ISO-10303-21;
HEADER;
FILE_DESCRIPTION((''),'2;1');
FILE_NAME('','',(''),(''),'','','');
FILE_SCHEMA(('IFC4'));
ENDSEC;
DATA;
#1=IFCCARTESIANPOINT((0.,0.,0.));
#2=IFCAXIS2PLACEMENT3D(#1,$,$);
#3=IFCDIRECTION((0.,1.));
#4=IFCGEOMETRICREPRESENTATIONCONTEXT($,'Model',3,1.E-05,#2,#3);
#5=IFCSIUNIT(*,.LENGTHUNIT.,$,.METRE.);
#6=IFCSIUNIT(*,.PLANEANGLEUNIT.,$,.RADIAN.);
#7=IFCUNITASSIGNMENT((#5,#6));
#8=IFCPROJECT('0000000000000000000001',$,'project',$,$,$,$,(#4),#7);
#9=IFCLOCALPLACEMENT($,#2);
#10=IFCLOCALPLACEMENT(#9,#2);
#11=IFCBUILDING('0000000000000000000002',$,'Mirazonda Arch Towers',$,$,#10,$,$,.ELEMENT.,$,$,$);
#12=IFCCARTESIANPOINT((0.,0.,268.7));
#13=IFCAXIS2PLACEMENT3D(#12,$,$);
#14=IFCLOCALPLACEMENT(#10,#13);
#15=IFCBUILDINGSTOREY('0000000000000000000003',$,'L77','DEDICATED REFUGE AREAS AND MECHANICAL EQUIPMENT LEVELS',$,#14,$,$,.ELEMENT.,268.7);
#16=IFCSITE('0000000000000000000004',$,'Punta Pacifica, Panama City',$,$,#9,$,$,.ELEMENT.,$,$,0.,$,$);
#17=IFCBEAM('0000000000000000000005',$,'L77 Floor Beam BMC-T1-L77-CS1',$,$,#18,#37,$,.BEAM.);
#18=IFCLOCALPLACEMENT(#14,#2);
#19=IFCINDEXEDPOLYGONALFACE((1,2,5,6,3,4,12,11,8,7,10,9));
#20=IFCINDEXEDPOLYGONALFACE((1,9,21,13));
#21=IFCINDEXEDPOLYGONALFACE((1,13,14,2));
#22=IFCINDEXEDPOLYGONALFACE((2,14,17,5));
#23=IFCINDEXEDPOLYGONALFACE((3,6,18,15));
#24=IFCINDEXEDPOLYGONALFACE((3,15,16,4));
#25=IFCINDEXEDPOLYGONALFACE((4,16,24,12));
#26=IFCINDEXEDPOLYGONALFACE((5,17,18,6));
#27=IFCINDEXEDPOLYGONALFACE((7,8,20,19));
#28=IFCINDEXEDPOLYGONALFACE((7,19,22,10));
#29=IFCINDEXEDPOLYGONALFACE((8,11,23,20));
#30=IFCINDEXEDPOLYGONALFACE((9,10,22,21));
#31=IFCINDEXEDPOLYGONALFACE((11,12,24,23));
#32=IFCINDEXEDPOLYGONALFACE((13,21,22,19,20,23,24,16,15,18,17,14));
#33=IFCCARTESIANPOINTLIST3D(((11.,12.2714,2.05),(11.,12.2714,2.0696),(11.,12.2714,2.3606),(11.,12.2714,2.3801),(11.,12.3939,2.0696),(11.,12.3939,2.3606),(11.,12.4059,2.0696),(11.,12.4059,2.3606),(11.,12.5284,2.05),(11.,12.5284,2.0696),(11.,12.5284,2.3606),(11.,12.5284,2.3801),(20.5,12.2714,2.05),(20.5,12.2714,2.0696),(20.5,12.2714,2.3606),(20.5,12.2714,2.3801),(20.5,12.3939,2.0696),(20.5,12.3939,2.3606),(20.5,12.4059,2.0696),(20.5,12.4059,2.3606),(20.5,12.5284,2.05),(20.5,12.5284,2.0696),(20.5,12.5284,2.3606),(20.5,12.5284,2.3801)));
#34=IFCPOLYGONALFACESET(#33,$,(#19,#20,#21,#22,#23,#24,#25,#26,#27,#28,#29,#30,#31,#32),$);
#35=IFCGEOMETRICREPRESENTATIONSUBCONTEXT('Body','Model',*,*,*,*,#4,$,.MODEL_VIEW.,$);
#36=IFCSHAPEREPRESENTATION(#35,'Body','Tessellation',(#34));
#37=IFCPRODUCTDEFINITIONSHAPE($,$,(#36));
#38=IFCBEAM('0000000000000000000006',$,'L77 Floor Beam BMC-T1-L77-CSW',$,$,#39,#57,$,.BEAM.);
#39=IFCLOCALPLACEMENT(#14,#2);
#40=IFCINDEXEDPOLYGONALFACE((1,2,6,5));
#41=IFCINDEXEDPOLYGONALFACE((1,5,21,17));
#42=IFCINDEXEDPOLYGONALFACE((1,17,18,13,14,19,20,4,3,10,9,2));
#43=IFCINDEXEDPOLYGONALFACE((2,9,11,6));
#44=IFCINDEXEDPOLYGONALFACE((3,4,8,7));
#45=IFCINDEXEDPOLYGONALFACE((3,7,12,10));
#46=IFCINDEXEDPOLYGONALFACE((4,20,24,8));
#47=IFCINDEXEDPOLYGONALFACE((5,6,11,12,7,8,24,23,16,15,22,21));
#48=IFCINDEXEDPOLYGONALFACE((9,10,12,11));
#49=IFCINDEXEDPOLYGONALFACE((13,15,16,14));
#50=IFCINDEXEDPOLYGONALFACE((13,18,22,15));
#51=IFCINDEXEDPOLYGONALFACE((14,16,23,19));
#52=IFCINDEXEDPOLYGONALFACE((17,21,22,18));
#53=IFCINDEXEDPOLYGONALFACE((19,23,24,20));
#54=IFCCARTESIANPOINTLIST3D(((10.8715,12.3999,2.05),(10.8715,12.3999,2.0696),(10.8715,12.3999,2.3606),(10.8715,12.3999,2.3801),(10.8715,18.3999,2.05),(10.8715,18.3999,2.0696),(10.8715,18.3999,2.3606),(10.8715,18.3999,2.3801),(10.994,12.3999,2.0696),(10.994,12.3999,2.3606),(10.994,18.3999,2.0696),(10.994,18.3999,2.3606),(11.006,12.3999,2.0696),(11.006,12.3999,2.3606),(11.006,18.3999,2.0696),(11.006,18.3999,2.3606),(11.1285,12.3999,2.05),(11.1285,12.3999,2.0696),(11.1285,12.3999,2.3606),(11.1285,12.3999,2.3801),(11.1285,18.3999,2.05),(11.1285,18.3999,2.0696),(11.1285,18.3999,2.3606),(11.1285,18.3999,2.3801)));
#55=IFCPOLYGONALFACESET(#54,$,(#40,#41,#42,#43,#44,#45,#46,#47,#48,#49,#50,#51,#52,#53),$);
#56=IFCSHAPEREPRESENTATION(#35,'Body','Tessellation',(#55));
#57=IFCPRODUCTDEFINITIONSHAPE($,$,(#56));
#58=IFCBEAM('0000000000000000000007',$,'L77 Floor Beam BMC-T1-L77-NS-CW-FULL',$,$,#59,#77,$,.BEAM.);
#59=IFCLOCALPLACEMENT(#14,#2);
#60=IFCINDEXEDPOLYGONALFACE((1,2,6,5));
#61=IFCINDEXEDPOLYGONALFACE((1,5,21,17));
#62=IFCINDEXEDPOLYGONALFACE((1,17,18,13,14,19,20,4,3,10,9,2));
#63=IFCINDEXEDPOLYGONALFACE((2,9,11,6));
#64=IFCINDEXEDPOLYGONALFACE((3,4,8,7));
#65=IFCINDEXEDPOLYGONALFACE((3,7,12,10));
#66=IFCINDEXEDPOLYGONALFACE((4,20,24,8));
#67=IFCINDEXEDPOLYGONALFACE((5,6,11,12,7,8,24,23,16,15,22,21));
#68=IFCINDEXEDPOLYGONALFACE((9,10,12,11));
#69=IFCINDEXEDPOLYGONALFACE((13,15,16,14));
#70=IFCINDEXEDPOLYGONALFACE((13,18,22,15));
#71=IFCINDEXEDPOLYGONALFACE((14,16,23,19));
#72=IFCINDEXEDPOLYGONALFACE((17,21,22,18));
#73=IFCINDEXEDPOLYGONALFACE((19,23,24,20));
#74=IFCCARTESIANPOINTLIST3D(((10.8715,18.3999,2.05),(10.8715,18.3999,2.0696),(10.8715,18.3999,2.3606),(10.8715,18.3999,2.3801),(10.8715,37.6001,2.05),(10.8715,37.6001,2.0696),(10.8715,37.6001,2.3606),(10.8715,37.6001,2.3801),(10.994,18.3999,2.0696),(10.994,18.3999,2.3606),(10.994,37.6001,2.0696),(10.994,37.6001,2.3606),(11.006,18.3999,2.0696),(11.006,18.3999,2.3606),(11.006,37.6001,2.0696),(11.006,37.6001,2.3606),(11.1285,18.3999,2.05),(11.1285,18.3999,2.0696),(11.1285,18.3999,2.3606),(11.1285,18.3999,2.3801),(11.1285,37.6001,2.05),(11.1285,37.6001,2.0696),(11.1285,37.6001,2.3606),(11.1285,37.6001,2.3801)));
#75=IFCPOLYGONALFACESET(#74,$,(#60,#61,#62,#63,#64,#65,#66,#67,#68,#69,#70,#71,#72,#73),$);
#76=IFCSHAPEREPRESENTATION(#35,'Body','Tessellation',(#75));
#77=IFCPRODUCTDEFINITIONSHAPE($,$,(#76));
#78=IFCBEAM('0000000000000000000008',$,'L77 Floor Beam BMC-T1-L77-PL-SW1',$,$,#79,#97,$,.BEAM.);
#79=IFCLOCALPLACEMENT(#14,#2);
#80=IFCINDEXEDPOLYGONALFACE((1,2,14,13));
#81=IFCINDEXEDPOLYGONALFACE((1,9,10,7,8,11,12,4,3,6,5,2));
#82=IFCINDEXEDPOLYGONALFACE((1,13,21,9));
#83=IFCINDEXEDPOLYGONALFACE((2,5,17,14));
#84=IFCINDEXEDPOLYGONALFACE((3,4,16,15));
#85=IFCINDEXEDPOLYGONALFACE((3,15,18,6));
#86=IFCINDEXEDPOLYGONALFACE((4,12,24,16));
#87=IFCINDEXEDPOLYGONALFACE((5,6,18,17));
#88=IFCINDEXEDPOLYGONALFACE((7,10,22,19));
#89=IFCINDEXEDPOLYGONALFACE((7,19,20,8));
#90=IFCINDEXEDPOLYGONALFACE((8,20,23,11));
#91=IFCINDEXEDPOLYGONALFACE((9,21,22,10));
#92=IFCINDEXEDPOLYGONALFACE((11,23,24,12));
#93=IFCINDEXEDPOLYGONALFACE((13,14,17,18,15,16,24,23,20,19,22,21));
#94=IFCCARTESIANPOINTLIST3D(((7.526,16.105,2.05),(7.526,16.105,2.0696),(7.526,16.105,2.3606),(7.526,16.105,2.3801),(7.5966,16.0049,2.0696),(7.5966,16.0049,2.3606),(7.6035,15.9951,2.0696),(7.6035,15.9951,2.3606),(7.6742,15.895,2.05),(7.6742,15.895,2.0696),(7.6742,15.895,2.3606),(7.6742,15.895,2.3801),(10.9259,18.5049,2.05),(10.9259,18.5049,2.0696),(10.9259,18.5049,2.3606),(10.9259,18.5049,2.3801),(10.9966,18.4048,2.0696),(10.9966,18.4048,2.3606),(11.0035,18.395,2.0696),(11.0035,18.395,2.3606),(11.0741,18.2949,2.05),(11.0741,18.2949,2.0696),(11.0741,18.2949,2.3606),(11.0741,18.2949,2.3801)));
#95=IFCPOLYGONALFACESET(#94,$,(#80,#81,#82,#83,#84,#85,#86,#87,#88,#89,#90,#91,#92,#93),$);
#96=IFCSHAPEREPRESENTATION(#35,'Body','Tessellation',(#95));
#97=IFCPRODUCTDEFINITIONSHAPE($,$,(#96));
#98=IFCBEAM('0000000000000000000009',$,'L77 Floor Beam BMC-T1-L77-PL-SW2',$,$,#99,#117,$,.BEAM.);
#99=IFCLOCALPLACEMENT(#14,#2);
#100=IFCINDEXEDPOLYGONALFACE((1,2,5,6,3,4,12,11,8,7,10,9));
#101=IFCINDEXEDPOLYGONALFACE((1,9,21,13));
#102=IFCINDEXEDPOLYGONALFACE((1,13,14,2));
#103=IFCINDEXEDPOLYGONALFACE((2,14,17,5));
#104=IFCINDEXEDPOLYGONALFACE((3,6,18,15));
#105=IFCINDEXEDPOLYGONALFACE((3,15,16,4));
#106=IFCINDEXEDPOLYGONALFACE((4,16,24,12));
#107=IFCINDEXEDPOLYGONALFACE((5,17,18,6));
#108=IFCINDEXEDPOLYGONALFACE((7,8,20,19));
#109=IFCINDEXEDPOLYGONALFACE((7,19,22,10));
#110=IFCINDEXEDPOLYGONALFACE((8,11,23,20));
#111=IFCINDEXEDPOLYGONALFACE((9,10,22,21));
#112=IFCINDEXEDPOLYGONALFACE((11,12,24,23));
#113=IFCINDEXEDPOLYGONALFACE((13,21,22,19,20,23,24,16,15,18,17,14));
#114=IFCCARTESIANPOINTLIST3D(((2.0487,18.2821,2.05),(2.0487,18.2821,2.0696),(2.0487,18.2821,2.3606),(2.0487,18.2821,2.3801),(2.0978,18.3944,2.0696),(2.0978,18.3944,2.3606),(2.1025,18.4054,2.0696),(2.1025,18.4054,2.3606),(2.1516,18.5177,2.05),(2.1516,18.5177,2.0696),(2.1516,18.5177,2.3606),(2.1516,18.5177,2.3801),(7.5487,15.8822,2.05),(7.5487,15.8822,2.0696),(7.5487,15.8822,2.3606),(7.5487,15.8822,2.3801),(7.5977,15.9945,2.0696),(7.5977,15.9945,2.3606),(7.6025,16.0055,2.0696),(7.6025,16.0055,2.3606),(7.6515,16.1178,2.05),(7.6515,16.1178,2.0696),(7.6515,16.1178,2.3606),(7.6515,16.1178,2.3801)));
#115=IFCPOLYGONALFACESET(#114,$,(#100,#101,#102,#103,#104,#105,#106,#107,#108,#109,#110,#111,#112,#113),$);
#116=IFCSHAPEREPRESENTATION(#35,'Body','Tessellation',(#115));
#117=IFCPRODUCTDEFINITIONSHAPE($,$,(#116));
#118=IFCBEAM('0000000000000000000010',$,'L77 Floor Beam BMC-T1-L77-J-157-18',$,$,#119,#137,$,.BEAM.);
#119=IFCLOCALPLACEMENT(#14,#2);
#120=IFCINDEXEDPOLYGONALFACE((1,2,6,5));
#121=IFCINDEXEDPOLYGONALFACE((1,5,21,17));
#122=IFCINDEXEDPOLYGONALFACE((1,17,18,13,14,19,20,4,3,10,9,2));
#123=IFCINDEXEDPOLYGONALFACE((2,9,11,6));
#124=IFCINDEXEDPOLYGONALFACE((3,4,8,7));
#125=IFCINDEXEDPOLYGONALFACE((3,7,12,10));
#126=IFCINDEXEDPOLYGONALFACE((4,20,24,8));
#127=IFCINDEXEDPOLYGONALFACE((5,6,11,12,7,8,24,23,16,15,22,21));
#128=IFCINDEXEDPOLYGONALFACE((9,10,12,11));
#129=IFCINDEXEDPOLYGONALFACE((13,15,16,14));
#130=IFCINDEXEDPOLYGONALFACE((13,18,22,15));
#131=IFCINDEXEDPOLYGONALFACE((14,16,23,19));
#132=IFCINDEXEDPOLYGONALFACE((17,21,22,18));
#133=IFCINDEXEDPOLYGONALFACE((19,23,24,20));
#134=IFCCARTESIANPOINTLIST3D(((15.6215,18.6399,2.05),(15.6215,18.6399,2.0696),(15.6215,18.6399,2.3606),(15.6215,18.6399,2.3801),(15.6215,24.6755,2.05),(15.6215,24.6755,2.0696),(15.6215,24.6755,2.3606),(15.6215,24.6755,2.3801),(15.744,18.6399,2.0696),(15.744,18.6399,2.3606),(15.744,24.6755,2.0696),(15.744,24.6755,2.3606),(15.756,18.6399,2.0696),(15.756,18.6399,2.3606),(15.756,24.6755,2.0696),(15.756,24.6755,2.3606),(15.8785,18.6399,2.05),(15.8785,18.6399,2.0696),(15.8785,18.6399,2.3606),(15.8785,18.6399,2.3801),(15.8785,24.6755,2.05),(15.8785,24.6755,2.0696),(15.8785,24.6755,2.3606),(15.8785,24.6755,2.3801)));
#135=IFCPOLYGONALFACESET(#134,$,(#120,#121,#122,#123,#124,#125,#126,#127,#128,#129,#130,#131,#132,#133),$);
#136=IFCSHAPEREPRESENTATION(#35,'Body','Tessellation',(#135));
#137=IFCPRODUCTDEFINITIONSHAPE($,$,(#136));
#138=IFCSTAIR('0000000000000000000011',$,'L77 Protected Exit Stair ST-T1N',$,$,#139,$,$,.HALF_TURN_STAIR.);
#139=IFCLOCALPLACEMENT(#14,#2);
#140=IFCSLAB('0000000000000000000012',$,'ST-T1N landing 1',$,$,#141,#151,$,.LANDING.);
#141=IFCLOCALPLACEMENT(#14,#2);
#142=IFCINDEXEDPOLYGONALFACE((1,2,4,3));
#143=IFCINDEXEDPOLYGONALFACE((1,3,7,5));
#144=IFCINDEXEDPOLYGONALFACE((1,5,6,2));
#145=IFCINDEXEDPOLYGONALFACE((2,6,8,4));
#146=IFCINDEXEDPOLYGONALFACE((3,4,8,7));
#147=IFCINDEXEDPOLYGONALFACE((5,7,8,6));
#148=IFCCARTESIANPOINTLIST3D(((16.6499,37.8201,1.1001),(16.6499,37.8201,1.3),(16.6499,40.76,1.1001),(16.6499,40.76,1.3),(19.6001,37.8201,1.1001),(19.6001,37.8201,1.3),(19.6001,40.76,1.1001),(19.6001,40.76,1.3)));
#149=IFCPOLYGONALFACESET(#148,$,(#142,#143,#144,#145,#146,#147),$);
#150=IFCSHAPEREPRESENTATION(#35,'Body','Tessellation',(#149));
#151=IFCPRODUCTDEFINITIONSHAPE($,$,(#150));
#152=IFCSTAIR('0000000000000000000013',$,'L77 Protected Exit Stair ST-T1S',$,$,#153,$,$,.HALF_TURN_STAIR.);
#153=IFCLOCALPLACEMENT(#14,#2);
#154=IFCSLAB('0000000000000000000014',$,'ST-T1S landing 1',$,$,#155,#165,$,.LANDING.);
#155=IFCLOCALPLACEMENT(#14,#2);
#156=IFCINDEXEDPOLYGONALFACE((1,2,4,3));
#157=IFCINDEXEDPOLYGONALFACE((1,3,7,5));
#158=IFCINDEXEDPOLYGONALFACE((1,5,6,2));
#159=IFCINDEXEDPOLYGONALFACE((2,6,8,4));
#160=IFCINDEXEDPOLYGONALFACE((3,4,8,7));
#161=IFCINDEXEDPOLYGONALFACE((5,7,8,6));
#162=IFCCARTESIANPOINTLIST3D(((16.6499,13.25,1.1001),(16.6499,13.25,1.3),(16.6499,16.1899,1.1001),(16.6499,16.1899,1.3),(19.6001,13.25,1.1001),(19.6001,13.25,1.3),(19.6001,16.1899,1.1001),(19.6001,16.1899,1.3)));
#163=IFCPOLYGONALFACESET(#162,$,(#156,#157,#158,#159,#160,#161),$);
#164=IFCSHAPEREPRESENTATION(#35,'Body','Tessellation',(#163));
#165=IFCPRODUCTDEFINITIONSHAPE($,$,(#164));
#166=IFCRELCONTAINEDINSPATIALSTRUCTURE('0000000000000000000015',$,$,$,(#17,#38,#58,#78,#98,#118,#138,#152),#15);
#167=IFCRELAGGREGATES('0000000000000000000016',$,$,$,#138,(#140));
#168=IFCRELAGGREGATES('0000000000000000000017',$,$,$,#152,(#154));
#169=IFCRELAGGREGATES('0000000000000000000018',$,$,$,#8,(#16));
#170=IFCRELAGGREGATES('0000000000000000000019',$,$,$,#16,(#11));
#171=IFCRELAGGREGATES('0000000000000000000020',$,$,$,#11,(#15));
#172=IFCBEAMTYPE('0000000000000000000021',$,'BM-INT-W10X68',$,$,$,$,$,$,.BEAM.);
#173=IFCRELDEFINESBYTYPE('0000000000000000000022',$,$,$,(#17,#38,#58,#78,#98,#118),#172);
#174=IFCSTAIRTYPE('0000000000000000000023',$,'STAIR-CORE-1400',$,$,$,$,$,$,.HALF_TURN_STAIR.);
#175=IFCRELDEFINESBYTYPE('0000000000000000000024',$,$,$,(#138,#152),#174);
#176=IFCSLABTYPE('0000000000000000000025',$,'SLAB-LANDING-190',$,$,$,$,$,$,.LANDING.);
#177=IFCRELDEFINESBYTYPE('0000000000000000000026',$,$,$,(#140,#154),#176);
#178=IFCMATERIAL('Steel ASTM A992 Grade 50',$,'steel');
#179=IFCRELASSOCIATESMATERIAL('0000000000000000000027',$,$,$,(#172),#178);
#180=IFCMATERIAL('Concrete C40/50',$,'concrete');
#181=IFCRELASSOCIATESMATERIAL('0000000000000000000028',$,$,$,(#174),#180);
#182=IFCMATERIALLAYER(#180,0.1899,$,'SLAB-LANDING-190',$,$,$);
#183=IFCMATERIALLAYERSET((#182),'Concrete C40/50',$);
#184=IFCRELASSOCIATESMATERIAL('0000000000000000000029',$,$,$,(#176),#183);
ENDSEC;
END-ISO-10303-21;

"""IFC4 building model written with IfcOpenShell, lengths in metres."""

from ifc_helpers import new_model, si_unit, direction, frame, origin, origin_2d, place, context, subcontext, project, spatial, polyline, i_section, outline, extrude, material, layer, layer_set, material_profile, profile_set, type_object, element, aggregate, save


model = new_model("IFC4")

# Units and contexts
model_context = context("Model", 3, precision=1e-05, world=origin(), true_north=direction((0.0, 1.0)))
body_context = subcontext(model_context, "Body", "Model", "MODEL_VIEW")
ifc_project = project(units=[si_unit("LENGTHUNIT", "METRE"), si_unit("PLANEANGLEUNIT", "RADIAN")], contexts=[model_context])

# Site, building, storey
site_placement = place(None, origin())
site = spatial("IfcSite", under=ifc_project, at=site_placement, Name="Punta Pacifica, Panama City", CompositionType="ELEMENT", RefElevation=0.0)
building_placement = place(site_placement, origin())
building = spatial("IfcBuilding", under=site, at=building_placement, Name="Mirazonda Arch Towers", CompositionType="ELEMENT")
storey_placement = place(building_placement, frame((0.0, 0.0, 268.7)))
storey = spatial("IfcBuildingStorey", under=building, at=storey_placement, Name="L77", Description="DEDICATED REFUGE AREAS AND MECHANICAL EQUIPMENT LEVELS", CompositionType="ELEMENT", Elevation=268.7)

# Beams
ifc_material_1 = material(Name="Steel ASTM A992 Grade 50", Category="steel")
ifc_material_profile_1 = material_profile(ifc_material_1, i_section(OverallWidth=0.2571, OverallDepth=0.3301, WebThickness=0.012, FlangeThickness=0.0195, at=origin_2d()), Name="W10X68")
ifc_profile_set_1 = profile_set([ifc_material_profile_1], Name="Steel ASTM A992 Grade 50")
beam_type_1 = type_object("IfcBeamType", Name="BM-INT-W10X68", PredefinedType="BEAM", material=ifc_profile_set_1)
beam_1_placement = place(storey_placement, frame((11.0, 12.3999, 2.2151), z_axis=(1.0, 0.0, 0.0), x_axis=(0.0, 1.0, 0.0)))
element("IfcBeam", 1, at=beam_1_placement, inside=storey, type_object=beam_type_1, Name="L77 Floor Beam BMC-T1-L77-CS1", PredefinedType="BEAM", context=body_context, shape_type="SweptSolid", body=[
    extrude(i_section(OverallWidth=0.2571, OverallDepth=0.3301, WebThickness=0.012, FlangeThickness=0.0195, at=origin_2d()), origin(), (0.0, 0.0, 1.0), 9.5),
])
beam_2_placement = place(storey_placement, frame((11.0, 12.3999, 2.2151), z_axis=(0.0, 1.0, 0.0), x_axis=(-1.0, 0.0, 0.0)))
element("IfcBeam", 2, at=beam_2_placement, inside=storey, type_object=beam_type_1, Name="L77 Floor Beam BMC-T1-L77-CSW", PredefinedType="BEAM", context=body_context, shape_type="SweptSolid", body=[
    extrude(i_section(OverallWidth=0.2571, OverallDepth=0.3301, WebThickness=0.012, FlangeThickness=0.0195, at=origin_2d()), origin(), (0.0, 0.0, 1.0), 6.0),
])
beam_3_placement = place(storey_placement, frame((11.0, 18.3999, 2.2151), z_axis=(0.0, 1.0, 0.0), x_axis=(-1.0, 0.0, 0.0)))
element("IfcBeam", 3, at=beam_3_placement, inside=storey, type_object=beam_type_1, Name="L77 Floor Beam BMC-T1-L77-NS-CW-FULL", PredefinedType="BEAM", context=body_context, shape_type="SweptSolid", body=[
    extrude(i_section(OverallWidth=0.2571, OverallDepth=0.3301, WebThickness=0.012, FlangeThickness=0.0195, at=origin_2d()), origin(), (0.0, 0.0, 1.0), 19.2002),
])
beam_4_placement = place(storey_placement, frame((7.6001, 16.0, 2.2151), z_axis=(0.816971, 0.576679, 0.0), x_axis=(-0.576679, 0.816971, 0.0)))
element("IfcBeam", 4, at=beam_4_placement, inside=storey, type_object=beam_type_1, Name="L77 Floor Beam BMC-T1-L77-PL-SW1", PredefinedType="BEAM", context=body_context, shape_type="SweptSolid", body=[
    extrude(i_section(OverallWidth=0.2571, OverallDepth=0.3301, WebThickness=0.012, FlangeThickness=0.0195, at=origin_2d()), origin(), (0.0, 0.0, 1.0), 4.1616),
])
beam_5_placement = place(storey_placement, frame((7.6001, 16.0, 2.2151), z_axis=(-0.916545, 0.399931, 0.0), x_axis=(-0.399931, -0.916545, 0.0)))
element("IfcBeam", 5, at=beam_5_placement, inside=storey, type_object=beam_type_1, Name="L77 Floor Beam BMC-T1-L77-PL-SW2", PredefinedType="BEAM", context=body_context, shape_type="SweptSolid", body=[
    extrude(i_section(OverallWidth=0.2571, OverallDepth=0.3301, WebThickness=0.012, FlangeThickness=0.0195, at=origin_2d()), origin(), (0.0, 0.0, 1.0), 6.0007),
])
beam_6_placement = place(storey_placement, frame((15.75, 18.6399, 2.2151), z_axis=(0.0, 1.0, 0.0), x_axis=(-1.0, 0.0, 0.0)))
element("IfcBeam", 6, at=beam_6_placement, inside=storey, type_object=beam_type_1, Name="L77 Floor Beam BMC-T1-L77-J-157-18", PredefinedType="BEAM", context=body_context, shape_type="SweptSolid", body=[
    extrude(i_section(OverallWidth=0.2571, OverallDepth=0.3301, WebThickness=0.012, FlangeThickness=0.0195, at=origin_2d()), origin(), (0.0, 0.0, 1.0), 6.0356),
])

# Stairs, slabs
ifc_material_2 = material(Name="Concrete C40/50", Category="concrete")
stair_type = type_object("IfcStairType", Name="STAIR-CORE-1400", PredefinedType="HALF_TURN_STAIR", material=ifc_material_2)
stair_1_placement = place(storey_placement, origin())
stair_1 = element("IfcStair", 7, at=stair_1_placement, inside=storey, type_object=stair_type, Name="L77 Protected Exit Stair ST-T1N", PredefinedType="HALF_TURN_STAIR")
ifc_layer_1 = layer(ifc_material_2, 0.1899, Name="SLAB-LANDING-190")
ifc_layer_set_1 = layer_set([ifc_layer_1], Name="Concrete C40/50")
slab_type_1 = type_object("IfcSlabType", Name="SLAB-LANDING-190", PredefinedType="LANDING", material=ifc_layer_set_1)
slab_1_placement = place(storey_placement, frame((0.0, 0.0, 1.1001)))
slab_1 = element("IfcSlab", 8, at=slab_1_placement, type_object=slab_type_1, Name="ST-T1N landing 1", PredefinedType="LANDING", context=body_context, shape_type="SweptSolid", body=[
    extrude(outline(polyline([(16.6499, 37.8201), (19.6001, 37.8201), (19.6001, 40.76), (16.6499, 40.76), (16.6499, 37.8201)])), origin(), (0.0, 0.0, 1.0), 0.2),
])
aggregate(stair_1, [slab_1])
stair_2_placement = place(storey_placement, origin())
stair_2 = element("IfcStair", 9, at=stair_2_placement, inside=storey, type_object=stair_type, Name="L77 Protected Exit Stair ST-T1S", PredefinedType="HALF_TURN_STAIR")
slab_2_placement = place(storey_placement, frame((0.0, 0.0, 1.1001)))
slab_2 = element("IfcSlab", 10, at=slab_2_placement, type_object=slab_type_1, Name="ST-T1S landing 1", PredefinedType="LANDING", context=body_context, shape_type="SweptSolid", body=[
    extrude(outline(polyline([(16.6499, 13.25), (19.6001, 13.25), (19.6001, 16.1899), (16.6499, 16.1899), (16.6499, 13.25)])), origin(), (0.0, 0.0, 1.0), 0.2),
])

aggregate(stair_2, [slab_2])

save(model, "model.ifc")
